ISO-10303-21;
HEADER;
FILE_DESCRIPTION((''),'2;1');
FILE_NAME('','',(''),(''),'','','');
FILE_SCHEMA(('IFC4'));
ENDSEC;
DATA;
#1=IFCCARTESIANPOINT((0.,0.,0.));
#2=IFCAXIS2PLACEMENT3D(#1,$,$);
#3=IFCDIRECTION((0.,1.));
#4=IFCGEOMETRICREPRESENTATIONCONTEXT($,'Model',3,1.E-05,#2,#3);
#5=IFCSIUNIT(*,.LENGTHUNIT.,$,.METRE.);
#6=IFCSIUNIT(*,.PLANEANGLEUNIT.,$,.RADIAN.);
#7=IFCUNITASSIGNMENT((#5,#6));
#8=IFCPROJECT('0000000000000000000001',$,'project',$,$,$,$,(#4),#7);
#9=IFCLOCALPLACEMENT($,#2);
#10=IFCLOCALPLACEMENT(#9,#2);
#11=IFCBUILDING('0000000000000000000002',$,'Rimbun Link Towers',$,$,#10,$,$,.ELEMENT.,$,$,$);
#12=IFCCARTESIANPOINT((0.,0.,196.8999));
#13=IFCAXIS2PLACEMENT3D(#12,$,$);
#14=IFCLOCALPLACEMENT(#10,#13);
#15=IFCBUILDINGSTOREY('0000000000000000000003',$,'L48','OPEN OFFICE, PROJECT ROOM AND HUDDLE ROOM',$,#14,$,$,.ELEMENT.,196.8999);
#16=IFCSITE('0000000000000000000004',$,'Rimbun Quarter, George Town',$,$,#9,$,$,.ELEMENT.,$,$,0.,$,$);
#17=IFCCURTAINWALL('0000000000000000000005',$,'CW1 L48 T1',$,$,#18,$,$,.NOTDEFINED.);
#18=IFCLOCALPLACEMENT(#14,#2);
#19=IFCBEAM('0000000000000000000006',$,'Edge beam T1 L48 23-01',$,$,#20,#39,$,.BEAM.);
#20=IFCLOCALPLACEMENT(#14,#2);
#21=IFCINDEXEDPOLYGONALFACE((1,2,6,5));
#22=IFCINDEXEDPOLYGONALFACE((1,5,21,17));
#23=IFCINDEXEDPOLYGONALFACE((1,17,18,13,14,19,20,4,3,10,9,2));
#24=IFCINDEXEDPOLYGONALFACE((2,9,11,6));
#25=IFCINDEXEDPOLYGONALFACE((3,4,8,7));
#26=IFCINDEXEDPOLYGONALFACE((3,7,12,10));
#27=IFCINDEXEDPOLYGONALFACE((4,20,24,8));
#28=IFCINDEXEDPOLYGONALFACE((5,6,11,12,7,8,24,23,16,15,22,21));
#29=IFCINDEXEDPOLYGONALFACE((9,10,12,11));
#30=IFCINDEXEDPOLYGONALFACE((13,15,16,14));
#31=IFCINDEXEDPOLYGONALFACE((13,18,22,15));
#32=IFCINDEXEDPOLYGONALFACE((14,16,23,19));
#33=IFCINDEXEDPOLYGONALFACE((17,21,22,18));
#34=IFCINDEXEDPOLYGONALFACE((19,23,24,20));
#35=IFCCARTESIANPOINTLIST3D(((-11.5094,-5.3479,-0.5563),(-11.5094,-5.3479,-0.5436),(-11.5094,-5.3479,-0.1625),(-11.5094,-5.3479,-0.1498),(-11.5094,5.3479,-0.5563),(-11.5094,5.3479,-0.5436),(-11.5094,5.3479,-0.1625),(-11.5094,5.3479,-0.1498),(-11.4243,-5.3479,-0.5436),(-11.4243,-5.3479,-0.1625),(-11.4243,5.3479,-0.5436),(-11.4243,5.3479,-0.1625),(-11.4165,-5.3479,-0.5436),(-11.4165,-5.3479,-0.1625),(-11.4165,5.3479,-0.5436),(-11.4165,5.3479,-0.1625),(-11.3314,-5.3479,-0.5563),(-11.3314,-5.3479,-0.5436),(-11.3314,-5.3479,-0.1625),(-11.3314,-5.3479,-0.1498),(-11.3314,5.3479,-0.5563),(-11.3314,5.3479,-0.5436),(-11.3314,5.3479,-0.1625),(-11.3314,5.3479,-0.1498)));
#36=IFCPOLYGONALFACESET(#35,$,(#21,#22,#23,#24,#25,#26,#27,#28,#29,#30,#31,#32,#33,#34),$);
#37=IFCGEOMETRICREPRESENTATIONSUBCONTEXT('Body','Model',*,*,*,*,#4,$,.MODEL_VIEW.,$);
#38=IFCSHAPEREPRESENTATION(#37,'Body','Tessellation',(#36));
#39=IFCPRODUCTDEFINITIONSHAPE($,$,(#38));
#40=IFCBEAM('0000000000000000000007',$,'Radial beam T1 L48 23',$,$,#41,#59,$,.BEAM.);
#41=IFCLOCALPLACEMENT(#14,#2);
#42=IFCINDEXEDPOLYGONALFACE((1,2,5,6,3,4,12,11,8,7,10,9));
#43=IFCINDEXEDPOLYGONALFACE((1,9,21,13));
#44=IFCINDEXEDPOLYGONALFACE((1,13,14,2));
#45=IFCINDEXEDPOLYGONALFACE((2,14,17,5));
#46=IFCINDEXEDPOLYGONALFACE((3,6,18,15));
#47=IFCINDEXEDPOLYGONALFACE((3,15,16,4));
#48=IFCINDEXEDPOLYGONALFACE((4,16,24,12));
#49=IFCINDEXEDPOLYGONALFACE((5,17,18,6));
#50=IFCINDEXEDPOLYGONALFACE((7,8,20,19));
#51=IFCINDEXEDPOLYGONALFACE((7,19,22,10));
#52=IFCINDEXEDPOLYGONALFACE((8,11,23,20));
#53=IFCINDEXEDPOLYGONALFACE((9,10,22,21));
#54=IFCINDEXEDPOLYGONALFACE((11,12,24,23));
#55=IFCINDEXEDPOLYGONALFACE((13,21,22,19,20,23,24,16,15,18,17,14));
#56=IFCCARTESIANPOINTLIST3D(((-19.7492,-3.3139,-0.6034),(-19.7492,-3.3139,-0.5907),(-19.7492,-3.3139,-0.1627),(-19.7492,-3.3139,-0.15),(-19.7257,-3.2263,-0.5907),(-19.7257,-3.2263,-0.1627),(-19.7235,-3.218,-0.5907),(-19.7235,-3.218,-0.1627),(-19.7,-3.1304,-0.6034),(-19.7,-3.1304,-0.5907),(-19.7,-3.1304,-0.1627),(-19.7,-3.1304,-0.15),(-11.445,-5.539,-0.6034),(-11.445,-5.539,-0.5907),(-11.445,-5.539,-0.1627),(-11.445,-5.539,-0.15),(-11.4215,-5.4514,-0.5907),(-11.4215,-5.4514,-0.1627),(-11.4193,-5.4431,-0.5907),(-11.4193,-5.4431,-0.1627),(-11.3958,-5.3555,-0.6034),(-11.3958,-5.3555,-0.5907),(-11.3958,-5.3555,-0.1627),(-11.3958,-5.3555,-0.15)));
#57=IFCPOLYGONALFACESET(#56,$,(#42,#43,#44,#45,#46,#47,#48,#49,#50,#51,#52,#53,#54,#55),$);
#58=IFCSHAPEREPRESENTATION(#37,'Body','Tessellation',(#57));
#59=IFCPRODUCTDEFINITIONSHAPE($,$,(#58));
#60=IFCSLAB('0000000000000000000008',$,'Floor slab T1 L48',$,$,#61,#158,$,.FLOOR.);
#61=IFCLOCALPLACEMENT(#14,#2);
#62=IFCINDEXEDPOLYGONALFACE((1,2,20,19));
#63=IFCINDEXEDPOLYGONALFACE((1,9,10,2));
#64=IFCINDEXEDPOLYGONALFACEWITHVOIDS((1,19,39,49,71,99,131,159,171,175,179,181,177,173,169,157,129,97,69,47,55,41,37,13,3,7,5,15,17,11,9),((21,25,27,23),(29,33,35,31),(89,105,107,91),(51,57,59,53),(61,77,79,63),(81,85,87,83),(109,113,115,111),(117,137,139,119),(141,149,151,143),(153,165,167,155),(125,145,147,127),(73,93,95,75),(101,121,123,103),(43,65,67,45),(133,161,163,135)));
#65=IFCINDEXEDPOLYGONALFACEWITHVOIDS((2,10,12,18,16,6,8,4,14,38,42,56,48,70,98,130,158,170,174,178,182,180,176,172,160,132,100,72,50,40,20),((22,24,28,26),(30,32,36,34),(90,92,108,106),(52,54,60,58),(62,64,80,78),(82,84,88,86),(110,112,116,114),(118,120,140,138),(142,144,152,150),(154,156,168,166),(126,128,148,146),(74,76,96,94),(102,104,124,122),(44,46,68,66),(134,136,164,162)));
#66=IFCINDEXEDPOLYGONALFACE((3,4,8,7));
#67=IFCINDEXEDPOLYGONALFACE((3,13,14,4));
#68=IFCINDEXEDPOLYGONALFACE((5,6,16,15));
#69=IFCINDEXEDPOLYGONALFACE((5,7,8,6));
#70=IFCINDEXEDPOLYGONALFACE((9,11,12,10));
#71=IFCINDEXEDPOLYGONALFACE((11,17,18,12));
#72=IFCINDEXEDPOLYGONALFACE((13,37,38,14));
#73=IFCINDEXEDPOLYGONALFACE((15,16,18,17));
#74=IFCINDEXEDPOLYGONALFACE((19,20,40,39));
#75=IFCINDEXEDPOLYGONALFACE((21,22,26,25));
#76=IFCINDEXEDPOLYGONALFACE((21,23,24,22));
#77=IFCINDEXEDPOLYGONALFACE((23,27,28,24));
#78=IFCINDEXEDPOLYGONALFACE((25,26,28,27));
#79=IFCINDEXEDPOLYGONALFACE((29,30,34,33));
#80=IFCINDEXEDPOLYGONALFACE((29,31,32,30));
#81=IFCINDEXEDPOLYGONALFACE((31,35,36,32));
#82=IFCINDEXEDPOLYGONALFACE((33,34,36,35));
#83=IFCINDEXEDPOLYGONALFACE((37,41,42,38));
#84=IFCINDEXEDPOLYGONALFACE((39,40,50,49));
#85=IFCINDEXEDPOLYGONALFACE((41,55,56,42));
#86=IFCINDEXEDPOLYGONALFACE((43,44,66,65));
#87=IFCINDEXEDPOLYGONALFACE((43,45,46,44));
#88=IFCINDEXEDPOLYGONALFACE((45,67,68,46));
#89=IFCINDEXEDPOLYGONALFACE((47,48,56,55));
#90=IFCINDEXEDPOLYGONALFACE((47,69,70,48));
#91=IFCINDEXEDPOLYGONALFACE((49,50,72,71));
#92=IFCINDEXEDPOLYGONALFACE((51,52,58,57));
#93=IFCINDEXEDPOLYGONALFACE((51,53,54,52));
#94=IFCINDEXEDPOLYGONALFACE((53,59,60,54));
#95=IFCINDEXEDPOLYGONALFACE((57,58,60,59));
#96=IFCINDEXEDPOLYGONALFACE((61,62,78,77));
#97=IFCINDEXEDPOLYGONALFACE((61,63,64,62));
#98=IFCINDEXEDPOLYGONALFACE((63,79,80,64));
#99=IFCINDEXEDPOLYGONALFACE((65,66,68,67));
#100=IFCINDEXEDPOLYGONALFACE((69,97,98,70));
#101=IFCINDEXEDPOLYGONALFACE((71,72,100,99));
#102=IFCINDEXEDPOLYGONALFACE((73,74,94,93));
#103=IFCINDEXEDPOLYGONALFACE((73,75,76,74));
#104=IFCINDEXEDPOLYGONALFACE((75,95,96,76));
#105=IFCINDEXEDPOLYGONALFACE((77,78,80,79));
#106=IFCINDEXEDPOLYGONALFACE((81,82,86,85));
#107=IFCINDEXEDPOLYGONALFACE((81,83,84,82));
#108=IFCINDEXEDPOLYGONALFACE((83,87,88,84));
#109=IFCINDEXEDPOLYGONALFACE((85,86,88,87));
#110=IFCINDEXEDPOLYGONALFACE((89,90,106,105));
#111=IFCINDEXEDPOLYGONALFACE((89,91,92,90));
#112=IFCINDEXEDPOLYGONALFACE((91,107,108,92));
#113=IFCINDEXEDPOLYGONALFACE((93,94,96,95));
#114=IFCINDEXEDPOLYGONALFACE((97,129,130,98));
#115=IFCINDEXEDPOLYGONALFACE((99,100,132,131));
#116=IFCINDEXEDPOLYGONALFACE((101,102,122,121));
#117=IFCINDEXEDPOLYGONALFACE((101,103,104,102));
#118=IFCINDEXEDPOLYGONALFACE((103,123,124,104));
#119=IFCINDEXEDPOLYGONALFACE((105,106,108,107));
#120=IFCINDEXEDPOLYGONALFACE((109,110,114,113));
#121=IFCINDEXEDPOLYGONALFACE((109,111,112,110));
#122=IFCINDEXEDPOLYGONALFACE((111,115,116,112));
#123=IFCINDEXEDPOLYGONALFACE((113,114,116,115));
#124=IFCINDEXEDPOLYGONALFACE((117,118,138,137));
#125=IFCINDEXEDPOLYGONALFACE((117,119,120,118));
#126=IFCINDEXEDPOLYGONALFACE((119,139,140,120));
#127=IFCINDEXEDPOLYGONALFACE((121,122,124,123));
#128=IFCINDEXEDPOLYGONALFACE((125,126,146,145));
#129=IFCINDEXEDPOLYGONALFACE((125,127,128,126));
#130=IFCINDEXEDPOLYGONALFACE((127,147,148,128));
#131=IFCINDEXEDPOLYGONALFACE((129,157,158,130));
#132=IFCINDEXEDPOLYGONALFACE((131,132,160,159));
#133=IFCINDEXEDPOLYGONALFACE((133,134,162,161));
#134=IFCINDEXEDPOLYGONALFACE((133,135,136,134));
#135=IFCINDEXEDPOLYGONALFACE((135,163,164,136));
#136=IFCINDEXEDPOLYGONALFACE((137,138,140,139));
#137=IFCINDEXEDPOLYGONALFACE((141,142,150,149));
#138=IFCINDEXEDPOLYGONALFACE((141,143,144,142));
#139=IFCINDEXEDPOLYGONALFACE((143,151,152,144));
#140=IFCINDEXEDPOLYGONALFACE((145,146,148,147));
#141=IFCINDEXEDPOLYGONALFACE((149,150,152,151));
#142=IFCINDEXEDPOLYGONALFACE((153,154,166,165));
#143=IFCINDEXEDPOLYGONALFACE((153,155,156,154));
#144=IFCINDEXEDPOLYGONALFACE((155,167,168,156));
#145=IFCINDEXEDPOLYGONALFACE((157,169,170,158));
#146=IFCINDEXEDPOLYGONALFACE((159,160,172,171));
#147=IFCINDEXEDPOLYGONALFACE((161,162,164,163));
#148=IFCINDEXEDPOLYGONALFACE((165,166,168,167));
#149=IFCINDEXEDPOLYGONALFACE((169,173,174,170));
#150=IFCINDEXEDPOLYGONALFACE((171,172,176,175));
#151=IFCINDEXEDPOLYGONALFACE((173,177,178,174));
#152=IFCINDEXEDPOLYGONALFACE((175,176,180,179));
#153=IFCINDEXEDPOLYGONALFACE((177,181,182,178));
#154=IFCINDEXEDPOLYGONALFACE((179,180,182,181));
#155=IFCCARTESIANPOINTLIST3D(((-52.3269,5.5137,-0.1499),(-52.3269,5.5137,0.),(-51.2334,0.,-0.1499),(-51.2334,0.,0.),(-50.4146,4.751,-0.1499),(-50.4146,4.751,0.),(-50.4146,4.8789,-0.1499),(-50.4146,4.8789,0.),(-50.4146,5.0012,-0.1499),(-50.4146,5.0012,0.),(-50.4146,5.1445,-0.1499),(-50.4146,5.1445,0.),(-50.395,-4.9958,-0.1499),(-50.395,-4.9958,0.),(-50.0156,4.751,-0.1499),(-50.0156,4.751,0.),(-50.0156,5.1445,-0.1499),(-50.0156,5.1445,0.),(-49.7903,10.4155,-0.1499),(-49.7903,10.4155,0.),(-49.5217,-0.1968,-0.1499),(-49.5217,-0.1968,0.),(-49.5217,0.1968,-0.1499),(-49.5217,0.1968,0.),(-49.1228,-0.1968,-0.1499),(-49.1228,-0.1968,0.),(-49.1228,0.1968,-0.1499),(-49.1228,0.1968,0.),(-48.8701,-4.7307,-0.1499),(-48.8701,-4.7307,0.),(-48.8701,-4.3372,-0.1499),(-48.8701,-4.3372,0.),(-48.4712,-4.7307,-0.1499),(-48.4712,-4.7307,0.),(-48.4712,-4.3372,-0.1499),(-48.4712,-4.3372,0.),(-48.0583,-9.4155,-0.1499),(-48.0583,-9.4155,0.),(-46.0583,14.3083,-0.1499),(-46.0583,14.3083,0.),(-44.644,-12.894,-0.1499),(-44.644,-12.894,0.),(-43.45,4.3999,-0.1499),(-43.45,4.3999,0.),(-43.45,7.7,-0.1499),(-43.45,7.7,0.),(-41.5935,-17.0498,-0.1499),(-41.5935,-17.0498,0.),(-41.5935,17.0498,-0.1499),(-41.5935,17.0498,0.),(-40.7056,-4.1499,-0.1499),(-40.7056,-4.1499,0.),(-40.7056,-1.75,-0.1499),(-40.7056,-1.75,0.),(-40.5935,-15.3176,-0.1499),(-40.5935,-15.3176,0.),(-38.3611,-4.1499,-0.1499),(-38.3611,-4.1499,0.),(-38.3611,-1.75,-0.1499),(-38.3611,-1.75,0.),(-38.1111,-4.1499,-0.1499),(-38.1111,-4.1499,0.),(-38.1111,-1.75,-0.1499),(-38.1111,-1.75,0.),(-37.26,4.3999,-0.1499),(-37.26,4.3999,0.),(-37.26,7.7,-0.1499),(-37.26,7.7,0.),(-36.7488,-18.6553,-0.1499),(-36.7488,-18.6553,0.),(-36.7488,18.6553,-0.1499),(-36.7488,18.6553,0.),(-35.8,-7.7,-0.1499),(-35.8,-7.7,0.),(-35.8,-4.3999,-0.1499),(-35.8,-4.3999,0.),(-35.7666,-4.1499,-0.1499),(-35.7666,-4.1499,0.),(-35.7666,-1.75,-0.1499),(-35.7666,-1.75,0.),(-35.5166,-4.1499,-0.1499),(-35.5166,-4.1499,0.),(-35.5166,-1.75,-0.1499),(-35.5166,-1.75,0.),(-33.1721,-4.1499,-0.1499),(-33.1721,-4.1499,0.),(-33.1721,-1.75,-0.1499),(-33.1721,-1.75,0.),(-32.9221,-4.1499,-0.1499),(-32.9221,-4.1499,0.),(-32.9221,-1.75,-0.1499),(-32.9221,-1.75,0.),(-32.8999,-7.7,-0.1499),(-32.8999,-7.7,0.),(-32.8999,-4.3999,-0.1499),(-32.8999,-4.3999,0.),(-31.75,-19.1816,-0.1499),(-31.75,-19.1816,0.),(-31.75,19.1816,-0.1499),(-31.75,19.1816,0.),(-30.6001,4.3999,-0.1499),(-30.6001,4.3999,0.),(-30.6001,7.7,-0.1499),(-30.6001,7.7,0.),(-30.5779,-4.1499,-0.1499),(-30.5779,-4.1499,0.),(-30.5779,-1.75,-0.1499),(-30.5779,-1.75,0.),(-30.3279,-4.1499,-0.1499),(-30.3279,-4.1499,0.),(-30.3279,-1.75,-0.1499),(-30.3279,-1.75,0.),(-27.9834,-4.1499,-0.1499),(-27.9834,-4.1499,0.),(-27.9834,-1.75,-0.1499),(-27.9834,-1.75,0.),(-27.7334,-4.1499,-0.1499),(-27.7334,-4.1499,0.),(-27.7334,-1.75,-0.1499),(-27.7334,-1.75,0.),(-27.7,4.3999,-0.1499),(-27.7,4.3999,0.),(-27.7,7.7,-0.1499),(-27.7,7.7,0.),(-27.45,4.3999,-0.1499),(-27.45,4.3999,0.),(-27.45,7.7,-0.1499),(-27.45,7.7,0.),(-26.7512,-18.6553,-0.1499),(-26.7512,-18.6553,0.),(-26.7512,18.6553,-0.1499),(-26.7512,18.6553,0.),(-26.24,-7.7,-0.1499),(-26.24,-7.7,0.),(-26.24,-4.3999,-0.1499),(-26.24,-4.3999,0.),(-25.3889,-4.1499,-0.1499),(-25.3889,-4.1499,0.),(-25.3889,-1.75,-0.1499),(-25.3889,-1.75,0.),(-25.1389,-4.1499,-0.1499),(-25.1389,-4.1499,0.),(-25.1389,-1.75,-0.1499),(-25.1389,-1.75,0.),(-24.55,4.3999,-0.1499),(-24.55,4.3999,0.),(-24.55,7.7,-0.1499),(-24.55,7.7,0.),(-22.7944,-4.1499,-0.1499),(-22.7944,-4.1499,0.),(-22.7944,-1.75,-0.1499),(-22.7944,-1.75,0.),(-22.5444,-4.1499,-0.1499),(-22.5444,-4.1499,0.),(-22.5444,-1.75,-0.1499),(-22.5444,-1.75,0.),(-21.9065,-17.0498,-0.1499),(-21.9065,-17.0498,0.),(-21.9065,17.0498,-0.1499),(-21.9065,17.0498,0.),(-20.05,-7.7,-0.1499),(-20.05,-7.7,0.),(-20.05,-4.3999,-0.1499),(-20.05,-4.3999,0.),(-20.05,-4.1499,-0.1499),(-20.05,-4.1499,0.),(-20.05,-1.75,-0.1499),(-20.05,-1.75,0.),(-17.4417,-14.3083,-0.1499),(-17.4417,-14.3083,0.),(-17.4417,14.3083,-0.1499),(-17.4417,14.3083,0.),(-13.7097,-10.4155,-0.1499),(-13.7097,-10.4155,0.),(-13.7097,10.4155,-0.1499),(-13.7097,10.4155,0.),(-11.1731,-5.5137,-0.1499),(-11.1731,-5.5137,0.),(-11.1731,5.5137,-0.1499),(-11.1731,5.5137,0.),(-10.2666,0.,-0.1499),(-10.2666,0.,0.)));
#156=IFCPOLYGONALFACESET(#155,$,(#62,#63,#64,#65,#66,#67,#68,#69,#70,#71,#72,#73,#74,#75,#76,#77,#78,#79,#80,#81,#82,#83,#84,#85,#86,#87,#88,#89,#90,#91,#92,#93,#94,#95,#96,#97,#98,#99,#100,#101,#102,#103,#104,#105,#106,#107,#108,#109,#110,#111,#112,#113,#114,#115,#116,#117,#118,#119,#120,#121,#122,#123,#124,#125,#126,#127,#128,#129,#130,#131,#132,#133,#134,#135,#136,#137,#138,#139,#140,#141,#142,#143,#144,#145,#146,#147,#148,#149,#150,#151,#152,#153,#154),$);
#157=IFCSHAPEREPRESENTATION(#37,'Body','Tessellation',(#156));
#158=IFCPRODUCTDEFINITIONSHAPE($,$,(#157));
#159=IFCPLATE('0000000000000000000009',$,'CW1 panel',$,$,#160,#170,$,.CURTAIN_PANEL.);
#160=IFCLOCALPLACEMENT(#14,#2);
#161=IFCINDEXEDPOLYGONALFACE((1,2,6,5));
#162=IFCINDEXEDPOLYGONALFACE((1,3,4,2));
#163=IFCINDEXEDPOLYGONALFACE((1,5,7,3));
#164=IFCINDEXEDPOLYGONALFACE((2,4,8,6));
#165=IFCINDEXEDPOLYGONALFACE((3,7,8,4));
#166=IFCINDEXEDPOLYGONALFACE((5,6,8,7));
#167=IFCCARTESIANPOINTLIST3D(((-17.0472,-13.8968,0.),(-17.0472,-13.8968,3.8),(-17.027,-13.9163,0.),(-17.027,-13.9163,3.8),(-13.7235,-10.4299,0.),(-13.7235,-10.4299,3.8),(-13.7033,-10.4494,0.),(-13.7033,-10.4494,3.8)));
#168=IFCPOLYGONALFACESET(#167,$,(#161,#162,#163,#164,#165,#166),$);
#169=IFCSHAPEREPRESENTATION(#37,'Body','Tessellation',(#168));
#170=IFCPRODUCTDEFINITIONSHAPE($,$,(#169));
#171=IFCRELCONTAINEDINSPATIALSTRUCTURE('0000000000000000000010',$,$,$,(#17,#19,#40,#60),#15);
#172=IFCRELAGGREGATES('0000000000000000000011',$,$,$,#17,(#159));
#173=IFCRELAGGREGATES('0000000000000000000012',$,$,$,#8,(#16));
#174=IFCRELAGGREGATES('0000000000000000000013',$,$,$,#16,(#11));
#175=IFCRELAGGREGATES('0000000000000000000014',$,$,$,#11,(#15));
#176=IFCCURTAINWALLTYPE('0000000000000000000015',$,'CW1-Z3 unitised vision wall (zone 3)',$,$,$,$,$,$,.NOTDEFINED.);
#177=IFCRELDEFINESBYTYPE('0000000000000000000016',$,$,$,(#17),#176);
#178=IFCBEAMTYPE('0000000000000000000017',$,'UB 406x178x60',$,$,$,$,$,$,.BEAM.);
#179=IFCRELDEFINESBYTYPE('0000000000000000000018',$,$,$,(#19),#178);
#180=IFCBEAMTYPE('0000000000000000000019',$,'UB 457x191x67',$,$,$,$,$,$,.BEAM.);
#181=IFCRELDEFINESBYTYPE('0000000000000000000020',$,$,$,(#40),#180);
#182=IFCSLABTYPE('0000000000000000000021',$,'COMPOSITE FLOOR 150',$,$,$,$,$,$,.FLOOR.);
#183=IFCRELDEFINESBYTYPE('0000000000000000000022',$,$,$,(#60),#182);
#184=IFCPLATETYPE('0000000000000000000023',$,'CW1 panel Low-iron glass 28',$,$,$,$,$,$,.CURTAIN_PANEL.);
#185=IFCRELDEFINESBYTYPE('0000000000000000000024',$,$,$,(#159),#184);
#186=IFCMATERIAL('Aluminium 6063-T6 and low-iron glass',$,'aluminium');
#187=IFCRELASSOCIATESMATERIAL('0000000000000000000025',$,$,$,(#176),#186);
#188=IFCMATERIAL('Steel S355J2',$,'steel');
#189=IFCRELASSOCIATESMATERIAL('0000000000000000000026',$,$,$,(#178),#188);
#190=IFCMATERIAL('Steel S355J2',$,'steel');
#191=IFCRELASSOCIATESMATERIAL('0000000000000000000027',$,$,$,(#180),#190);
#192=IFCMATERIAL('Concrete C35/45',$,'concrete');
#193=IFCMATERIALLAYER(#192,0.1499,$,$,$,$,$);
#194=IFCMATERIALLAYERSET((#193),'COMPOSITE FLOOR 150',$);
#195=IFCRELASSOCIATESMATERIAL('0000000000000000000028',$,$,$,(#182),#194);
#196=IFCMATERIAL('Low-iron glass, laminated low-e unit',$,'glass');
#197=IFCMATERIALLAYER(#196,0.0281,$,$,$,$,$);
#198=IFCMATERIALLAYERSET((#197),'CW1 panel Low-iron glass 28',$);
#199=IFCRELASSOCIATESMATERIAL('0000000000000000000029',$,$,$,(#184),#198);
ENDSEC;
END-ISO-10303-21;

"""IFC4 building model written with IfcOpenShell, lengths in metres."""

from ifc_helpers import new_model, si_unit, direction, frame, origin, origin_2d, place, context, subcontext, project, spatial, polyline, rectangle, i_section, outline, extrude, material, layer, layer_set, material_profile, profile_set, type_object, element, aggregate, save


model = new_model("IFC4")

# Units and contexts
model_context = context("Model", 3, precision=1e-05, world=origin(), true_north=direction((0.0, 1.0)))
body_context = subcontext(model_context, "Body", "Model", "MODEL_VIEW")
ifc_project = project(units=[si_unit("LENGTHUNIT", "METRE"), si_unit("PLANEANGLEUNIT", "RADIAN")], contexts=[model_context])

# Site, building, storey
site_placement = place(None, origin())
site = spatial("IfcSite", under=ifc_project, at=site_placement, Name="Rimbun Quarter, George Town", CompositionType="ELEMENT", RefElevation=0.0)
building_placement = place(site_placement, origin())
building = spatial("IfcBuilding", under=site, at=building_placement, Name="Rimbun Link Towers", CompositionType="ELEMENT")
storey_placement = place(building_placement, frame((0.0, 0.0, 196.8999)))
storey = spatial("IfcBuildingStorey", under=building, at=storey_placement, Name="L48", Description="OPEN OFFICE, PROJECT ROOM AND HUDDLE ROOM", CompositionType="ELEMENT", Elevation=196.8999)

# Curtain wall
ifc_material_1 = material(Name="Aluminium 6063-T6 and low-iron glass", Category="aluminium")
curtain_wall_type = type_object("IfcCurtainWallType", Name="CW1-Z3 unitised vision wall (zone 3)", PredefinedType="NOTDEFINED", material=ifc_material_1)
curtain_wall_placement = place(storey_placement, origin())
curtain_wall = element("IfcCurtainWall", 1, at=curtain_wall_placement, inside=storey, type_object=curtain_wall_type, Name="CW1 L48 T1", PredefinedType="NOTDEFINED")

# Beams
ifc_material_2 = material(Name="Steel S355J2", Category="steel")
ifc_material_profile_1 = material_profile(ifc_material_2, i_section(OverallWidth=0.178, OverallDepth=0.4065, WebThickness=0.0078, FlangeThickness=0.0127, at=origin_2d()), Name="UB 406x178x60")
ifc_profile_set_1 = profile_set([ifc_material_profile_1], Name="Steel S355J2")
beam_type_1 = type_object("IfcBeamType", Name="UB 406x178x60", PredefinedType="BEAM", material=ifc_profile_set_1)
beam_1_placement = place(storey_placement, frame((-11.4204, -5.3479, -0.353), z_axis=(0.0, 1.0, 0.0), x_axis=(-1.0, 0.0, 0.0)))
element("IfcBeam", 2, at=beam_1_placement, inside=storey, type_object=beam_type_1, Name="Edge beam T1 L48 23-01", PredefinedType="BEAM", context=body_context, shape_type="SweptSolid", body=[
    extrude(i_section(OverallWidth=0.178, OverallDepth=0.4065, WebThickness=0.0078, FlangeThickness=0.0127, at=origin_2d()), origin(), (0.0, 0.0, 1.0), 10.6958),
])
ifc_material_3 = material(Name="Steel S355J2", Category="steel")
ifc_material_profile_2 = material_profile(ifc_material_3, i_section(OverallWidth=0.1899, OverallDepth=0.4534, WebThickness=0.0085, FlangeThickness=0.0127, at=origin_2d()), Name="UB 457x191x67")
ifc_profile_set_2 = profile_set([ifc_material_profile_2], Name="Steel S355J2")
beam_type_2 = type_object("IfcBeamType", Name="UB 457x191x67", PredefinedType="BEAM", material=ifc_profile_set_2)
beam_2_placement = place(storey_placement, frame((-19.7246, -3.2222, -0.3767), z_axis=(0.965926, -0.258818, 0.0), x_axis=(0.258818, 0.965926, 0.0)))
element("IfcBeam", 3, at=beam_2_placement, inside=storey, type_object=beam_type_2, Name="Radial beam T1 L48 23", PredefinedType="BEAM", context=body_context, shape_type="SweptSolid", body=[
    extrude(i_section(OverallWidth=0.1899, OverallDepth=0.4534, WebThickness=0.0085, FlangeThickness=0.0127, at=origin_2d()), origin(), (0.0, 0.0, 1.0), 8.5972),
])

# Slab
ifc_material_4 = material(Name="Concrete C35/45", Category="concrete")
ifc_layer_1 = layer(ifc_material_4, 0.1499)
ifc_layer_set_1 = layer_set([ifc_layer_1], Name="COMPOSITE FLOOR 150")
slab_type = type_object("IfcSlabType", Name="COMPOSITE FLOOR 150", PredefinedType="FLOOR", material=ifc_layer_set_1)
slab_placement = place(storey_placement, frame((0.0, 0.0, -0.1499)))
element("IfcSlab", 4, at=slab_placement, inside=storey, type_object=slab_type, Name="Floor slab T1 L48", PredefinedType="FLOOR", context=body_context, shape_type="SweptSolid", body=[
    extrude(outline(polyline([(-52.3269, 5.5137), (-49.7903, 10.4155), (-46.0583, 14.3083), (-41.5935, 17.0498), (-36.7488, 18.6553), (-31.75, 19.1816), (-26.7512, 18.6553), (-21.9065, 17.0498), (-17.4417, 14.3083), (-13.7097, 10.4155), (-11.1731, 5.5137), (-10.2666, 0.0), (-11.1731, -5.5137), (-13.7097, -10.4155), (-17.4417, -14.3083), (-21.9065, -17.0498), (-26.7512, -18.6553), (-31.75, -19.1816), (-36.7488, -18.6553), (-41.5935, -17.0498), (-40.5935, -15.3176), (-44.644, -12.894), (-48.0583, -9.4155), (-50.395, -4.9958), (-51.2334, 0.0), (-50.4146, 4.8789), (-50.4146, 4.751), (-50.0156, 4.751), (-50.0156, 5.1445), (-50.4146, 5.1445), (-50.4146, 5.0012), (-52.3269, 5.5137)]), holes=[polyline([(-32.8999, -7.7), (-32.8999, -4.3999), (-35.8, -4.3999), (-35.8, -7.7), (-32.8999, -7.7)]), polyline([(-48.4712, -4.7307), (-48.4712, -4.3372), (-48.8701, -4.3372), (-48.8701, -4.7307), (-48.4712, -4.7307)]), polyline([(-38.3611, -4.1499), (-38.3611, -1.75), (-40.7056, -1.75), (-40.7056, -4.1499), (-38.3611, -4.1499)]), polyline([(-35.7666, -4.1499), (-35.7666, -1.75), (-38.1111, -1.75), (-38.1111, -4.1499), (-35.7666, -4.1499)]), polyline([(-33.1721, -4.1499), (-33.1721, -1.75), (-35.5166, -1.75), (-35.5166, -4.1499), (-33.1721, -4.1499)]), polyline([(-49.1228, -0.1968), (-49.1228, 0.1968), (-49.5217, 0.1968), (-49.5217, -0.1968), (-49.1228, -0.1968)]), polyline([(-37.26, 4.3999), (-37.26, 7.7), (-43.45, 7.7), (-43.45, 4.3999), (-37.26, 4.3999)]), polyline([(-20.05, -7.7), (-20.05, -4.3999), (-26.24, -4.3999), (-26.24, -7.7), (-20.05, -7.7)]), polyline([(-30.5779, -4.1499), (-30.5779, -1.75), (-32.9221, -1.75), (-32.9221, -4.1499), (-30.5779, -4.1499)]), polyline([(-27.9834, -4.1499), (-27.9834, -1.75), (-30.3279, -1.75), (-30.3279, -4.1499), (-27.9834, -4.1499)]), polyline([(-25.3889, -4.1499), (-25.3889, -1.75), (-27.7334, -1.75), (-27.7334, -4.1499), (-25.3889, -4.1499)]), polyline([(-22.7944, -4.1499), (-22.7944, -1.75), (-25.1389, -1.75), (-25.1389, -4.1499), (-22.7944, -4.1499)]), polyline([(-20.05, -4.1499), (-20.05, -1.75), (-22.5444, -1.75), (-22.5444, -4.1499), (-20.05, -4.1499)]), polyline([(-27.7, 4.3999), (-27.7, 7.7), (-30.6001, 7.7), (-30.6001, 4.3999), (-27.7, 4.3999)]), polyline([(-24.55, 4.3999), (-24.55, 7.7), (-27.45, 7.7), (-27.45, 4.3999), (-24.55, 4.3999)])]), origin(), (0.0, 0.0, 1.0), 0.1499),
])

# Plate
ifc_material_5 = material(Name="Low-iron glass, laminated low-e unit", Category="glass")
ifc_layer_2 = layer(ifc_material_5, 0.0281)
ifc_layer_set_2 = layer_set([ifc_layer_2], Name="CW1 panel Low-iron glass 28")
plate_type = type_object("IfcPlateType", Name="CW1 panel Low-iron glass 28", PredefinedType="CURTAIN_PANEL", material=ifc_layer_set_2)
plate_1_placement = place(storey_placement, frame((-15.3752, -12.1731, 0.0), z_axis=(0.0, 0.0, 1.0), x_axis=(-0.692041, -0.721859, 0.0)))
plate_1 = element("IfcPlate", 5, at=plate_1_placement, type_object=plate_type, Name="CW1 panel", PredefinedType="CURTAIN_PANEL", context=body_context, shape_type="SweptSolid", body=[
    extrude(rectangle(XDim=4.8027, YDim=0.0281, at=origin_2d()), origin(), (0.0, 0.0, 1.0), 3.8),
])
aggregate(curtain_wall, [plate_1])

save(model, "model.ifc")
